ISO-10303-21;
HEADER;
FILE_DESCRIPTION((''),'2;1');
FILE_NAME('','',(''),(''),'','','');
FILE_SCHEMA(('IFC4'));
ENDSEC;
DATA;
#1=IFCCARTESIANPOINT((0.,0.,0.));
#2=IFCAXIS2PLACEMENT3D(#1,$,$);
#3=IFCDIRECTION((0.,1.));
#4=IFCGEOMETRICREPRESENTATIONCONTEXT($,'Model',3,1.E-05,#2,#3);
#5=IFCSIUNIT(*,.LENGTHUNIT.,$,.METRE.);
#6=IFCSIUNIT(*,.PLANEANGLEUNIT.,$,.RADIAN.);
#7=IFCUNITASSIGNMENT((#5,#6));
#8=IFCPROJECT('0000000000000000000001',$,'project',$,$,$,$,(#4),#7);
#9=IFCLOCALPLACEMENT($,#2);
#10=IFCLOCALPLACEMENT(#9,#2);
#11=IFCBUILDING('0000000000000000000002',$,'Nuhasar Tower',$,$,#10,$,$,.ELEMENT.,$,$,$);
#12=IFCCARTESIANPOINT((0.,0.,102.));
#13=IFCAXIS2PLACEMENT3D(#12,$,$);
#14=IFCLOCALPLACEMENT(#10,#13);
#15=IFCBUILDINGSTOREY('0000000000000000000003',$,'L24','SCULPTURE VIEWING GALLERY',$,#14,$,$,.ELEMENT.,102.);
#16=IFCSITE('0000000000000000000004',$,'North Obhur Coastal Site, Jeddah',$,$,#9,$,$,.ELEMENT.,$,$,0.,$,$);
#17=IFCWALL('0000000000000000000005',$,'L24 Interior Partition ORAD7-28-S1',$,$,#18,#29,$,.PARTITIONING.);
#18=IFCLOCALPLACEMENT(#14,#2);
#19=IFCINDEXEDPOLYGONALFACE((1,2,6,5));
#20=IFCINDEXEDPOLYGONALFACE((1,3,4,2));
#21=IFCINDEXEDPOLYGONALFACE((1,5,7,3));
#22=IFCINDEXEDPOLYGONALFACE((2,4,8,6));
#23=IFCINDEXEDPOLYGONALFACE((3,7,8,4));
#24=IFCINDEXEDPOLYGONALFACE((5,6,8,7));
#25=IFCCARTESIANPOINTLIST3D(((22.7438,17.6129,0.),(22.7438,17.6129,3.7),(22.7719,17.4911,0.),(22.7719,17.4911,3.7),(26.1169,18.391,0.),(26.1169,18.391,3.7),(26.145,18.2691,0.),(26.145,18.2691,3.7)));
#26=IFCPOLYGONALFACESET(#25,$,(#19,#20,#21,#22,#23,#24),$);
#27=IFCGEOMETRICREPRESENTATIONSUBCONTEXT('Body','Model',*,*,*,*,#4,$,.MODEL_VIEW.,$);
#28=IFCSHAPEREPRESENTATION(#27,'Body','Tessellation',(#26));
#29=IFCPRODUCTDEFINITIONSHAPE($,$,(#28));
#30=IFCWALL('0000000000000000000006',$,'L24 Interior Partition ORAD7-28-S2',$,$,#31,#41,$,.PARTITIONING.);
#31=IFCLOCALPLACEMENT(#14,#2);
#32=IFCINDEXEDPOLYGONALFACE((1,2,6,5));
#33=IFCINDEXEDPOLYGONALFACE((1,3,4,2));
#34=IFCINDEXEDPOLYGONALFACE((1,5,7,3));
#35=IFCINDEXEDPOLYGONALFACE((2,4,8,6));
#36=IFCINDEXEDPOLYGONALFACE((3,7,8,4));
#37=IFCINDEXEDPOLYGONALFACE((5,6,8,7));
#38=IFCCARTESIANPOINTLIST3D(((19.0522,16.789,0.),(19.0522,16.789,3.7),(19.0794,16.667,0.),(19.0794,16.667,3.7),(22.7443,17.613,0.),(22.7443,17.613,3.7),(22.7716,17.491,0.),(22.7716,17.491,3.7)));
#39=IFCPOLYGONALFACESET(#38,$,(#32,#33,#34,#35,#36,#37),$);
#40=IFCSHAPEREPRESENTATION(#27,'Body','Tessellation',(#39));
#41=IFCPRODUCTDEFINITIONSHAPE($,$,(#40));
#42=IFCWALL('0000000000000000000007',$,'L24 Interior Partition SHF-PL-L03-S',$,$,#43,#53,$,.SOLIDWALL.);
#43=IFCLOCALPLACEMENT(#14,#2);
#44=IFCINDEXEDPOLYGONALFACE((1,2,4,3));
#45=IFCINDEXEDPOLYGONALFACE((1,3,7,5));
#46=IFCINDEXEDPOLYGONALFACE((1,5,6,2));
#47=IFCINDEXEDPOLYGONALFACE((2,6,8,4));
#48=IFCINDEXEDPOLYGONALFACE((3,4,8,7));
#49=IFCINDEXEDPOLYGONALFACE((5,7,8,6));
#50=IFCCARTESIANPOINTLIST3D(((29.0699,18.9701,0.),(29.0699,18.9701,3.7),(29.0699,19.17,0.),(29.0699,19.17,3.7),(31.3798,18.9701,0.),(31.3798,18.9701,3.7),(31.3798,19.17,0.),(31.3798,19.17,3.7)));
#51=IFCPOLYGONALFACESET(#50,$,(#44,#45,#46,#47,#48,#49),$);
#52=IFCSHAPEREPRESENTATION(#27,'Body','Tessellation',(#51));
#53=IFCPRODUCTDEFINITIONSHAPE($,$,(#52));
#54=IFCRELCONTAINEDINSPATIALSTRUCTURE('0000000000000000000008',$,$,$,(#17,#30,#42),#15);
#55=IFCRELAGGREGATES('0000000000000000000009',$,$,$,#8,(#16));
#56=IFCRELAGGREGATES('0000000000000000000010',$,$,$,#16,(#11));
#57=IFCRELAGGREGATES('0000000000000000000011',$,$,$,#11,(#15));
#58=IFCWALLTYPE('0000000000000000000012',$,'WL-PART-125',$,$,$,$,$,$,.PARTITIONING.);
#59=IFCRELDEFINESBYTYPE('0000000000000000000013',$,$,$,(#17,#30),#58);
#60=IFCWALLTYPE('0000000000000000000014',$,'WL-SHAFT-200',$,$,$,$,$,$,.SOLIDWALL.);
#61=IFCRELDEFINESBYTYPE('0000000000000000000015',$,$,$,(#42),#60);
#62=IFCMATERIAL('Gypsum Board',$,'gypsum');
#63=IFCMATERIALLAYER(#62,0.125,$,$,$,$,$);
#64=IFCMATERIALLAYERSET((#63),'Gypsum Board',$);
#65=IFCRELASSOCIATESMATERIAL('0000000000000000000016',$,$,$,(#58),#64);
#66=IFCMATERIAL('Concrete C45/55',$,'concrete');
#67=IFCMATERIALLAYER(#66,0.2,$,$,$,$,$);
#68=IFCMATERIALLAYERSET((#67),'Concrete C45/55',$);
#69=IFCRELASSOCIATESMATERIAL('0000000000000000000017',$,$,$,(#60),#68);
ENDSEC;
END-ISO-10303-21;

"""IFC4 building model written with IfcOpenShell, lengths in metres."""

from ifc_helpers import new_model, si_unit, direction, frame, frame_2d, origin, place, context, subcontext, project, spatial, rectangle, extrude, material, layer, layer_set, type_object, element, save


model = new_model("IFC4")

# Units and contexts
model_context = context("Model", 3, precision=1e-05, world=origin(), true_north=direction((0.0, 1.0)))
body_context = subcontext(model_context, "Body", "Model", "MODEL_VIEW")
ifc_project = project(units=[si_unit("LENGTHUNIT", "METRE"), si_unit("PLANEANGLEUNIT", "RADIAN")], contexts=[model_context])

# Site, building, storey
site_placement = place(None, origin())
site = spatial("IfcSite", under=ifc_project, at=site_placement, Name="North Obhur Coastal Site, Jeddah", CompositionType="ELEMENT", RefElevation=0.0)
building_placement = place(site_placement, origin())
building = spatial("IfcBuilding", under=site, at=building_placement, Name="Nuhasar Tower", CompositionType="ELEMENT")
storey_placement = place(building_placement, frame((0.0, 0.0, 102.0)))
storey = spatial("IfcBuildingStorey", under=building, at=storey_placement, Name="L24", Description="SCULPTURE VIEWING GALLERY", CompositionType="ELEMENT", Elevation=102.0)

# Shared definitions
ifc_material_1 = material(Name="Gypsum Board", Category="gypsum")

# Walls
ifc_layer_1 = layer(ifc_material_1, 0.125)
ifc_layer_set_1 = layer_set([ifc_layer_1], Name="Gypsum Board")
wall_type_1 = type_object("IfcWallType", Name="WL-PART-125", PredefinedType="PARTITIONING", material=ifc_layer_set_1)
wall_1_placement = place(storey_placement, frame((26.1311, 18.3301, 0.0), z_axis=(0.0, 0.0, 1.0), x_axis=(-0.974411, -0.224772, 0.0)))
element("IfcWall", 1, at=wall_1_placement, inside=storey, type_object=wall_type_1, Name="L24 Interior Partition ORAD7-28-S1", PredefinedType="PARTITIONING", context=body_context, shape_type="SweptSolid", body=[
    extrude(rectangle(XDim=3.4617, YDim=0.125, at=frame_2d((1.731, 0.0))), origin(), (0.0, 0.0, 1.0), 3.7),
])
wall_2_placement = place(storey_placement, frame((22.7581, 17.552, 0.0), z_axis=(0.0, 0.0, 1.0), x_axis=(-0.975991, -0.217812, 0.0)))
element("IfcWall", 2, at=wall_2_placement, inside=storey, type_object=wall_type_1, Name="L24 Interior Partition ORAD7-28-S2", PredefinedType="PARTITIONING", context=body_context, shape_type="SweptSolid", body=[
    extrude(rectangle(XDim=3.783, YDim=0.125, at=frame_2d((1.8916, 0.0))), origin(), (0.0, 0.0, 1.0), 3.7),
])
ifc_material_2 = material(Name="Concrete C45/55", Category="concrete")
ifc_layer_2 = layer(ifc_material_2, 0.2)
ifc_layer_set_2 = layer_set([ifc_layer_2], Name="Concrete C45/55")
wall_type_2 = type_object("IfcWallType", Name="WL-SHAFT-200", PredefinedType="SOLIDWALL", material=ifc_layer_set_2)
wall_3_placement = place(storey_placement, frame((29.0701, 19.0701, 0.0), z_axis=(0.0, 0.0, 1.0), x_axis=(1.0, 0.0, 0.0)))
element("IfcWall", 3, at=wall_3_placement, inside=storey, type_object=wall_type_2, Name="L24 Interior Partition SHF-PL-L03-S", PredefinedType="SOLIDWALL", context=body_context, shape_type="SweptSolid", body=[
    extrude(rectangle(XDim=2.3098, YDim=0.2, at=frame_2d((1.1548, 0.0))), origin(), (0.0, 0.0, 1.0), 3.7),
])

save(model, "model.ifc")
